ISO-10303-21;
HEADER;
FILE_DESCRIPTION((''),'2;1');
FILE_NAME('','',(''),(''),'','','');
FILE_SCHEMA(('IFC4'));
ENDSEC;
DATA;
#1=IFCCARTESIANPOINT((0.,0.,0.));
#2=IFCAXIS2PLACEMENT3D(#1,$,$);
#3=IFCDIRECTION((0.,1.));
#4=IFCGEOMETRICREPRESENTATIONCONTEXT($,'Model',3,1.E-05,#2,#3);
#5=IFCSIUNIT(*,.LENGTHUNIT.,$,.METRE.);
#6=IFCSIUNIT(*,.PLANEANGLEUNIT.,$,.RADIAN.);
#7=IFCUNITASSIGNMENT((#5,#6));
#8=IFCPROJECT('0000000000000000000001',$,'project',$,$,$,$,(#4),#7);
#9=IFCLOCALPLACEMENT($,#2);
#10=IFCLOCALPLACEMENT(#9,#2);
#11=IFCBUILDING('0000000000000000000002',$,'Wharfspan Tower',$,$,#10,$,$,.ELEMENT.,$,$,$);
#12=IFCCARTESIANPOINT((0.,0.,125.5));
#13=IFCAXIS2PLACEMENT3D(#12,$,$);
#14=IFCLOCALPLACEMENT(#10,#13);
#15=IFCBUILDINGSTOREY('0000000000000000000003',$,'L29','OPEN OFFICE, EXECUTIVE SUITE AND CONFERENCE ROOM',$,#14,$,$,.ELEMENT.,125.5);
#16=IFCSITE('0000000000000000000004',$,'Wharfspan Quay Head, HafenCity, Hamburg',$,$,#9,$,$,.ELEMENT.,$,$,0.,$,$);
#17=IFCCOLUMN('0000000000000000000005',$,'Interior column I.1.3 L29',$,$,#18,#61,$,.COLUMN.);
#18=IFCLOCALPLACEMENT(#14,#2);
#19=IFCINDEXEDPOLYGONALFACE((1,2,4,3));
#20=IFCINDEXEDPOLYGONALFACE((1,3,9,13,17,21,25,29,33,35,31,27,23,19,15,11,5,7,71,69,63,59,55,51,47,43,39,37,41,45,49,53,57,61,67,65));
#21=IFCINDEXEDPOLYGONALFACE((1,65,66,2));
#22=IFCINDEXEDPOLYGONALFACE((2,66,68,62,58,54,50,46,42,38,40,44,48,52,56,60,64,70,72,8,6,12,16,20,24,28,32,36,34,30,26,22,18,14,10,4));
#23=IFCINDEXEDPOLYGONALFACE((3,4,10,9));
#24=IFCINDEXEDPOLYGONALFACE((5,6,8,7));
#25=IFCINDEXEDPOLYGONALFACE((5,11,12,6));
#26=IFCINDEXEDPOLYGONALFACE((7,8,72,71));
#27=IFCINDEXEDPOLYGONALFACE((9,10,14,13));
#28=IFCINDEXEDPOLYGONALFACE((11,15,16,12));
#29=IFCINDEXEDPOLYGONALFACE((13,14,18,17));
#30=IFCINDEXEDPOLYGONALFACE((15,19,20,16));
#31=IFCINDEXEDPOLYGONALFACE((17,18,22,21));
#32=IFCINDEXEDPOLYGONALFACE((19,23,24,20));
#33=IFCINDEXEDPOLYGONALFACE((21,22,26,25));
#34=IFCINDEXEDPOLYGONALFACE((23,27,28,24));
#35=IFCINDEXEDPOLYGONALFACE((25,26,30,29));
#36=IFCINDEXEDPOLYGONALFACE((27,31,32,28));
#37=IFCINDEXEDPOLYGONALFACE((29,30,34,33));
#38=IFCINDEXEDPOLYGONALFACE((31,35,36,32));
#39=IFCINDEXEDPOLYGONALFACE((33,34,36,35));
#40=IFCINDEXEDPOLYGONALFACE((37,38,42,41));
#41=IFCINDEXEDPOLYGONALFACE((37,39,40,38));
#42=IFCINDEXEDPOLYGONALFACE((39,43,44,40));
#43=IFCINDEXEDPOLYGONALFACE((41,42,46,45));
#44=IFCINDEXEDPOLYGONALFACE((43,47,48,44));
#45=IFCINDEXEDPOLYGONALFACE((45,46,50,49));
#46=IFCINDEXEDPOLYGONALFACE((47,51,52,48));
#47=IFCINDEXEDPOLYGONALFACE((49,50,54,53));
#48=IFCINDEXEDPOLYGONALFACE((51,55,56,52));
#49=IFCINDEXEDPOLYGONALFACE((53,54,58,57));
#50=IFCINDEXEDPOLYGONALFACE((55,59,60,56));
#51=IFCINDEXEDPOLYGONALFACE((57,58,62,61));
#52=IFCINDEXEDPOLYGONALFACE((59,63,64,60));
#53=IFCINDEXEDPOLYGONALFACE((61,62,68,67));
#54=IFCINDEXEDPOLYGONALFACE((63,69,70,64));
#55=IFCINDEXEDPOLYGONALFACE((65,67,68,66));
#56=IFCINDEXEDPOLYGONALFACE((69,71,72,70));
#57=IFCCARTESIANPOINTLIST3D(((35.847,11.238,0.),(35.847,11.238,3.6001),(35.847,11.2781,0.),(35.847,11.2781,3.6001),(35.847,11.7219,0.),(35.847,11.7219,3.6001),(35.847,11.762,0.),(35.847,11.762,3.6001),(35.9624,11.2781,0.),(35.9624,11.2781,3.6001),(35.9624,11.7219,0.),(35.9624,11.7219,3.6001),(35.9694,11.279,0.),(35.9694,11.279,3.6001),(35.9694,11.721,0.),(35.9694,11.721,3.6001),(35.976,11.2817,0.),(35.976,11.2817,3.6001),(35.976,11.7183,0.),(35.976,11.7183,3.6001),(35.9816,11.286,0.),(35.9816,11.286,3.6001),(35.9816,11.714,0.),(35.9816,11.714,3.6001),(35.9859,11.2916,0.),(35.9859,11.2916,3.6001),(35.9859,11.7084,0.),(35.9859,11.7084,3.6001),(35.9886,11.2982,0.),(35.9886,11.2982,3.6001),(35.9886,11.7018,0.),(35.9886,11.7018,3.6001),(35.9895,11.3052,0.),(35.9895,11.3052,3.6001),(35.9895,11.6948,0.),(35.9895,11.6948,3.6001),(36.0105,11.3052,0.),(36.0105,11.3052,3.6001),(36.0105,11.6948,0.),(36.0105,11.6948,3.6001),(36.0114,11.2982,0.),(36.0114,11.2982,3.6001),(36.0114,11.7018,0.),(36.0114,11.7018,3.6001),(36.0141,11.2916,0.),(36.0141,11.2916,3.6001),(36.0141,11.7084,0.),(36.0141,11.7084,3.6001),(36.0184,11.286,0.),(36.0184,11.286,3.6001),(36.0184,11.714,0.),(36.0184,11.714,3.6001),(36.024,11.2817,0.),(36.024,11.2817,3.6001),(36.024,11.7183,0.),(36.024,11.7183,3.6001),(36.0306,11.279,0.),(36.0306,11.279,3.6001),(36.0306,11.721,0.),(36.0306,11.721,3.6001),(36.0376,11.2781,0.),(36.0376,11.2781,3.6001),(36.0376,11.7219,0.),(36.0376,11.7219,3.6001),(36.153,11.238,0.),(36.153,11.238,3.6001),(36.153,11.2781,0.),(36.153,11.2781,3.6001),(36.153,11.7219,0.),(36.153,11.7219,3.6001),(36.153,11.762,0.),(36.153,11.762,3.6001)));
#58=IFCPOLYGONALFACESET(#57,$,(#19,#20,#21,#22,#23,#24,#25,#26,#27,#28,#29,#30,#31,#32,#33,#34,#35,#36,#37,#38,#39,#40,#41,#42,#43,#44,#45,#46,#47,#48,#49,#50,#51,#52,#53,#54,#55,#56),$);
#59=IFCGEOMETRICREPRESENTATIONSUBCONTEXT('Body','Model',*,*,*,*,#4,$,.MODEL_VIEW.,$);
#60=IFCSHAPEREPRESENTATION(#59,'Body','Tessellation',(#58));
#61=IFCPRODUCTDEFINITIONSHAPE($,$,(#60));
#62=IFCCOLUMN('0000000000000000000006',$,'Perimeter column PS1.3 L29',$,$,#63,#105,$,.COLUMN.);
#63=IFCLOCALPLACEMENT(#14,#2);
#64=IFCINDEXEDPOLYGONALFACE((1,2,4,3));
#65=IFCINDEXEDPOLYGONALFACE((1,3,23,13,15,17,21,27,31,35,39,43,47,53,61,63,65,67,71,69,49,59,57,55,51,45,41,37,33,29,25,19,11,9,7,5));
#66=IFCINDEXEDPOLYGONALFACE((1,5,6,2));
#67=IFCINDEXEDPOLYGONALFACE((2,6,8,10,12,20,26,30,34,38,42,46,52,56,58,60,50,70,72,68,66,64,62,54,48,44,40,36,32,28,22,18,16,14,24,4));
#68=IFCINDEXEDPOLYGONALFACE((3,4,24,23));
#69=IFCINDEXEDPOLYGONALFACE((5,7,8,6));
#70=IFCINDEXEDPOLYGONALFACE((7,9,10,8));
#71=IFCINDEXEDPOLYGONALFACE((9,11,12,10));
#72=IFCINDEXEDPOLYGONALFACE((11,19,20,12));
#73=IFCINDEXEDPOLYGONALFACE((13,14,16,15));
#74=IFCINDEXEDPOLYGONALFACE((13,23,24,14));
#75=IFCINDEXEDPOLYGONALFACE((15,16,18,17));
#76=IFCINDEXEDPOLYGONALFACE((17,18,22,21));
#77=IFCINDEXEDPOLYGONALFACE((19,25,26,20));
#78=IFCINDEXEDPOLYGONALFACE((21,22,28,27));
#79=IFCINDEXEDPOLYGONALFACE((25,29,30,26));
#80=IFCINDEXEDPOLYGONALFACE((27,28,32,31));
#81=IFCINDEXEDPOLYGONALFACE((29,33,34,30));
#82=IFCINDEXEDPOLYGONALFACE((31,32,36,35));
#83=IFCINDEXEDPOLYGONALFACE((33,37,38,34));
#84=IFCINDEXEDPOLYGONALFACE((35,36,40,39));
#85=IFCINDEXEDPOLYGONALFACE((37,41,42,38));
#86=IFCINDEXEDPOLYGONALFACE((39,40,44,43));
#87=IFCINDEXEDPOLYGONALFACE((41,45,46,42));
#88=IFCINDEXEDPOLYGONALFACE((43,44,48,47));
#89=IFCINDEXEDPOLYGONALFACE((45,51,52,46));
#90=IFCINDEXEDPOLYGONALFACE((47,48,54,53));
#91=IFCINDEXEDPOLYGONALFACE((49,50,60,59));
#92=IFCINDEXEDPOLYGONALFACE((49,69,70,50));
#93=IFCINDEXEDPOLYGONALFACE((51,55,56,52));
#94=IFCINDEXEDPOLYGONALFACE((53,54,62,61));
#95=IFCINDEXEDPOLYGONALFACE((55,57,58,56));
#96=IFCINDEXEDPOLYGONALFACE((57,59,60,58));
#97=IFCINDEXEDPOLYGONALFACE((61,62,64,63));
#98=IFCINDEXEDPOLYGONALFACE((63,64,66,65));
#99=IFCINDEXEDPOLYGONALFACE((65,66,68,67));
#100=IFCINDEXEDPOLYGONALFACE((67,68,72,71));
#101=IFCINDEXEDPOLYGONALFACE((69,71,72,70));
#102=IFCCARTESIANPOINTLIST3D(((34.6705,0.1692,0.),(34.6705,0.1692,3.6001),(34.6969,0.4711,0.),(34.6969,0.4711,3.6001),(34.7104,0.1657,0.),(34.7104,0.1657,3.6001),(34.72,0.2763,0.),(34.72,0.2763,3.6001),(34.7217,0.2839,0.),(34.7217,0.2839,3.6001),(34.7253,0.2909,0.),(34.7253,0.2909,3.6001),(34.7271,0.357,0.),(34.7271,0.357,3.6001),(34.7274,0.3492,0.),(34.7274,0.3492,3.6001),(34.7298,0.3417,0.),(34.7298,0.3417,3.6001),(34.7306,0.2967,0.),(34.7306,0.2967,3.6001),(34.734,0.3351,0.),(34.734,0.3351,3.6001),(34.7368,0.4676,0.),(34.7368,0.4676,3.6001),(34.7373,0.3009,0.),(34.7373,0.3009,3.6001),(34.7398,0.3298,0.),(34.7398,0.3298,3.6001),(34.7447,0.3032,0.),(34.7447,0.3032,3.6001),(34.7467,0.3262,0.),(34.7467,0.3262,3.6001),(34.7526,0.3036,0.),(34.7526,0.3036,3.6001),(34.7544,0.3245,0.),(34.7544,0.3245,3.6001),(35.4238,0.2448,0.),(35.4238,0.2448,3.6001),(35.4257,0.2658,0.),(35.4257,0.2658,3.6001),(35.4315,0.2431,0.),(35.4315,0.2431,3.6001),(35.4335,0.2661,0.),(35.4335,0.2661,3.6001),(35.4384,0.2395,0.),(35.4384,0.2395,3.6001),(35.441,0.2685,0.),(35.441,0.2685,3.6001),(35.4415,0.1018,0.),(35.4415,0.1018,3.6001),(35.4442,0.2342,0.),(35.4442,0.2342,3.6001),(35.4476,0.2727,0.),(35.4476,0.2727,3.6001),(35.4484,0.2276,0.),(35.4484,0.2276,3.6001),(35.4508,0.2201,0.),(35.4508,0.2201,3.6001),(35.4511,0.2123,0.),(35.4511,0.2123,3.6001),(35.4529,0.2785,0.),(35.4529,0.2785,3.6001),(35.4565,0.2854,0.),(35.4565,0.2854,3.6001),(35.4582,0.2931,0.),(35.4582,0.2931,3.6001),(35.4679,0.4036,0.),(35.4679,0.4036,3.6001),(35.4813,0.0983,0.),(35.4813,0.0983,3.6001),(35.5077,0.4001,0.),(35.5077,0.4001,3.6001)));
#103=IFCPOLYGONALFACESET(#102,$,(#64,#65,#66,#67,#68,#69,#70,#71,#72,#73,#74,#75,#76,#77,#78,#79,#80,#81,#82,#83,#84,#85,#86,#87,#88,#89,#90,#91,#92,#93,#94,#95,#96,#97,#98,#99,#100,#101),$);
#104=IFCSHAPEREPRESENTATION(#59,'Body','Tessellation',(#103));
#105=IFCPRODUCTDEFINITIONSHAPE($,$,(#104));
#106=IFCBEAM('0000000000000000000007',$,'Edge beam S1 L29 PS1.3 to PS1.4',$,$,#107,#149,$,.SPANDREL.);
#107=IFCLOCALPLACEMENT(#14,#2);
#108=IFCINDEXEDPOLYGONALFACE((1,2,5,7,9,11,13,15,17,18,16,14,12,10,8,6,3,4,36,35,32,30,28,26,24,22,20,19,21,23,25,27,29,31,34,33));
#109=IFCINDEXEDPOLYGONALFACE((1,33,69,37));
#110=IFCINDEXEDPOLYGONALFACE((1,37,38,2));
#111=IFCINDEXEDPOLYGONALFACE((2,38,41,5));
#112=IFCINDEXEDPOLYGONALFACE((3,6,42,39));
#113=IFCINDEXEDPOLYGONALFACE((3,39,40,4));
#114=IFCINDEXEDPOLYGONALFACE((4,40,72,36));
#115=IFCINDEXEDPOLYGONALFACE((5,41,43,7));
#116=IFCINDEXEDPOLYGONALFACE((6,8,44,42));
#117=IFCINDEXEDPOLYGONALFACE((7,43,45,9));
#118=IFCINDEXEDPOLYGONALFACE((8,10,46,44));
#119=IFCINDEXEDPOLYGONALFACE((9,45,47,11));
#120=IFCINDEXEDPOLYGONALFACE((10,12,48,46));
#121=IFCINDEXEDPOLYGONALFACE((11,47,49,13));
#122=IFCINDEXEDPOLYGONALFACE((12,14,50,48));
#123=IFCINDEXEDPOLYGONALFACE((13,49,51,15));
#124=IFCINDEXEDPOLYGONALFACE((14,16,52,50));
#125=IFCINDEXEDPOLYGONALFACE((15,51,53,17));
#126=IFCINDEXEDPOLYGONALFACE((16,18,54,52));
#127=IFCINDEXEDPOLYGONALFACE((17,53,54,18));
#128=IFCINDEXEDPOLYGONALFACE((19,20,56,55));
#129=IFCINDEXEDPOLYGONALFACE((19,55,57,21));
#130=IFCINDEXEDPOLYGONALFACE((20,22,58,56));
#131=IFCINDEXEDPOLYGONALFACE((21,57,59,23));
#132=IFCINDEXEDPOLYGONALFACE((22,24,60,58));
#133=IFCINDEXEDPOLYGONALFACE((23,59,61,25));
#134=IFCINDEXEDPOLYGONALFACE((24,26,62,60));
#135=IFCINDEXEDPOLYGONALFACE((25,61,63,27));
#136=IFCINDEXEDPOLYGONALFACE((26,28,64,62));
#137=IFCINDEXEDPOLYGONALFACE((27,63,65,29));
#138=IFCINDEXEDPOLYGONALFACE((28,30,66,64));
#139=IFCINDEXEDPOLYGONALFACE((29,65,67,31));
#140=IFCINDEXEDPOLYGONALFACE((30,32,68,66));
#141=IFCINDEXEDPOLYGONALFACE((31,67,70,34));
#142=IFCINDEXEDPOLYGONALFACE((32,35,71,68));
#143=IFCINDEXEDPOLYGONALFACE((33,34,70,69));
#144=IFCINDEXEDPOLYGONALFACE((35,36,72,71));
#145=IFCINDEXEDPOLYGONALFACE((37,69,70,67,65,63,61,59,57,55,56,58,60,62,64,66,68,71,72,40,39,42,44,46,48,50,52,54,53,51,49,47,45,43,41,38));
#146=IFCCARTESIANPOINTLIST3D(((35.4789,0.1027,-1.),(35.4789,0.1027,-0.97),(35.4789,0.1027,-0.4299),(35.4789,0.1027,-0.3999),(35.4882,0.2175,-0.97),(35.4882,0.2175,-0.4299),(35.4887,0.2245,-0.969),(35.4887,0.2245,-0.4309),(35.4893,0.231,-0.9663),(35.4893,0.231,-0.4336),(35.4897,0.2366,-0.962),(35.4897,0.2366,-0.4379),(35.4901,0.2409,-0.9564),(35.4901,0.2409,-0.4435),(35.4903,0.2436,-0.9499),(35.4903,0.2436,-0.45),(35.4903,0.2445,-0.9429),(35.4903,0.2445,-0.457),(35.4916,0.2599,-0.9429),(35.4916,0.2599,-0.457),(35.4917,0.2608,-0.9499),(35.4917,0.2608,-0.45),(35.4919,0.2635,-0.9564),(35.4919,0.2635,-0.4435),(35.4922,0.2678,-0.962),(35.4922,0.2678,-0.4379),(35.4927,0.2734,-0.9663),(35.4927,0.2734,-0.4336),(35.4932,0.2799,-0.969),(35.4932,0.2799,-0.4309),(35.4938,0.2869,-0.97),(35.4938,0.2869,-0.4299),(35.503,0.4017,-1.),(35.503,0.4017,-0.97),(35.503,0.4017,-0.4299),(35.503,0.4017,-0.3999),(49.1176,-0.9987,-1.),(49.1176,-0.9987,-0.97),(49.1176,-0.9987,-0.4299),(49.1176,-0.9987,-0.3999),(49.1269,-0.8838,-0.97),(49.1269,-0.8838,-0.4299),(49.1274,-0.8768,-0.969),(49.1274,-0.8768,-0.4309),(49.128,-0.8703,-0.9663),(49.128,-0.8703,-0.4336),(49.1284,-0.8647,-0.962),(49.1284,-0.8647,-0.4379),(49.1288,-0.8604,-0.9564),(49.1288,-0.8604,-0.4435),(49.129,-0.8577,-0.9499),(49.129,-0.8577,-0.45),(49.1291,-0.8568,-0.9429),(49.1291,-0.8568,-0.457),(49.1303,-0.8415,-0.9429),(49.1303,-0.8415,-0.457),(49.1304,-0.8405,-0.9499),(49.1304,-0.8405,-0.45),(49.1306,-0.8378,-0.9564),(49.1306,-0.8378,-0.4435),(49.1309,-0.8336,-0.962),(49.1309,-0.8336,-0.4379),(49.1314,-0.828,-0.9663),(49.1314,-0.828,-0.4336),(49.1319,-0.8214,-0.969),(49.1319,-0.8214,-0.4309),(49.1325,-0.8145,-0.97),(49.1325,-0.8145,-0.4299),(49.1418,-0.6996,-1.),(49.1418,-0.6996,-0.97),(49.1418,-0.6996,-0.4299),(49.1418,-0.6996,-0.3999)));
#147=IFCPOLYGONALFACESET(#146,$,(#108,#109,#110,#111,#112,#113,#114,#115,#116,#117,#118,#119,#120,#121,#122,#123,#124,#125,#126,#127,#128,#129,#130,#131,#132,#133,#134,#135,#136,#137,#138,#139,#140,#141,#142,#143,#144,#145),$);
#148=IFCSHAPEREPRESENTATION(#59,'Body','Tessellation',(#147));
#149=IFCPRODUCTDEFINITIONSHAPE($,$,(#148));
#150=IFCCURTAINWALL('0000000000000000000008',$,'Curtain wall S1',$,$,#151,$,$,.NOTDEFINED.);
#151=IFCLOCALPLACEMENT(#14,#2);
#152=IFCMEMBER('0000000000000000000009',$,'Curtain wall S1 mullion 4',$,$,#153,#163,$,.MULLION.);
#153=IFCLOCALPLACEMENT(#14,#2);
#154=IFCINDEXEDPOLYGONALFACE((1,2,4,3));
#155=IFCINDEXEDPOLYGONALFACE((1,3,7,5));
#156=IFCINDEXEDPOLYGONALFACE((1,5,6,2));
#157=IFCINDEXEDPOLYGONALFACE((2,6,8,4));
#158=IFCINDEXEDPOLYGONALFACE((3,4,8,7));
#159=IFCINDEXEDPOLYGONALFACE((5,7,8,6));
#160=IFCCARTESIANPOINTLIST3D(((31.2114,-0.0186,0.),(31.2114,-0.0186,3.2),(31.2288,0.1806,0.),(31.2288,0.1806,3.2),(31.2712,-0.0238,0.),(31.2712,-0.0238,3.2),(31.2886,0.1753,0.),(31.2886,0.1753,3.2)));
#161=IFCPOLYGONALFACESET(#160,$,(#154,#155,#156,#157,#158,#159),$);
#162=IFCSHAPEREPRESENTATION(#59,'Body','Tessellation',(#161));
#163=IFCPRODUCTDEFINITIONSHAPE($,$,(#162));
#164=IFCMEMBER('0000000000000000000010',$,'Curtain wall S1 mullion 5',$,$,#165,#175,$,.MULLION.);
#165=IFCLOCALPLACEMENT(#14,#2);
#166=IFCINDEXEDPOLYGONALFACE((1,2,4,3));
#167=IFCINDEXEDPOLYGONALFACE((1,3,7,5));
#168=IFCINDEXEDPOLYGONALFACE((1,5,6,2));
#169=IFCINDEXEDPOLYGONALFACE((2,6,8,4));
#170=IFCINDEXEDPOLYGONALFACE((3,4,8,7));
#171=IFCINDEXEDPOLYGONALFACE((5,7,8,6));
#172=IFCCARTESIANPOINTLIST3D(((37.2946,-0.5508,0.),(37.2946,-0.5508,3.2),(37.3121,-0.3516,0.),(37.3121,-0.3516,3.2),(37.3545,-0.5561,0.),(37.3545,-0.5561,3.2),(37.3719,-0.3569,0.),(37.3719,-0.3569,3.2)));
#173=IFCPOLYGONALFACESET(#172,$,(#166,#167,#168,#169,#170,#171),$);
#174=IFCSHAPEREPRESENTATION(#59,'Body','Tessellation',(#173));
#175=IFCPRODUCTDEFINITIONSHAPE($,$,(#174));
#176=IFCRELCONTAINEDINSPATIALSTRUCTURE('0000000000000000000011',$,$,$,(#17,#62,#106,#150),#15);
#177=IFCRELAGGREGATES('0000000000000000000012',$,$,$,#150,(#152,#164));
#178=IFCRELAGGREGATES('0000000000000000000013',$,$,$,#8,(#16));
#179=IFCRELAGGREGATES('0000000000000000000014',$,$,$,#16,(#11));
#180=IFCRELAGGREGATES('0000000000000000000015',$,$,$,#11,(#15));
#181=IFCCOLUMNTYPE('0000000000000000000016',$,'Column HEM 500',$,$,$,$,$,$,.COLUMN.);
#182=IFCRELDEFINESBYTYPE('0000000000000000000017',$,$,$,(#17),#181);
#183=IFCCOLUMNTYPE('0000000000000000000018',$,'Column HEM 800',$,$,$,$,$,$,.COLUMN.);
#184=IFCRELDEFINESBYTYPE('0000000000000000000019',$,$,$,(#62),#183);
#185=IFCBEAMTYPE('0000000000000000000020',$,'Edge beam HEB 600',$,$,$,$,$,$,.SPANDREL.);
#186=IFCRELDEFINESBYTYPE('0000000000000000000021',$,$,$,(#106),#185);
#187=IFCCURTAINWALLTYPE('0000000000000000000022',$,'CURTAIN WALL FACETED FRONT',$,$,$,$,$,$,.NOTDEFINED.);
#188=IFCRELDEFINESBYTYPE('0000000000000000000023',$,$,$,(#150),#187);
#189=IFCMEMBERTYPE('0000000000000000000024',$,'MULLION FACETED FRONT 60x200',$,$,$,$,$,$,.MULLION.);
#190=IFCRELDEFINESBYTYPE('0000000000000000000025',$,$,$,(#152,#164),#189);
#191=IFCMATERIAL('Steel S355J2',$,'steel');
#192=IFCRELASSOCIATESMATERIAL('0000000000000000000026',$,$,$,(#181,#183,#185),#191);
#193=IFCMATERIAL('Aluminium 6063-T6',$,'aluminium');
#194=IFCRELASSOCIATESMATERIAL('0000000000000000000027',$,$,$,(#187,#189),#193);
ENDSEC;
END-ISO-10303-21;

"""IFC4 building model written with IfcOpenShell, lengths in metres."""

from ifc_helpers import new_model, si_unit, direction, frame, origin, origin_2d, place, context, subcontext, project, spatial, rectangle, i_section, extrude, material, material_profile, profile_set, type_object, element, aggregate, save


model = new_model("IFC4")

# Units and contexts
model_context = context("Model", 3, precision=1e-05, world=origin(), true_north=direction((0.0, 1.0)))
body_context = subcontext(model_context, "Body", "Model", "MODEL_VIEW")
ifc_project = project(units=[si_unit("LENGTHUNIT", "METRE"), si_unit("PLANEANGLEUNIT", "RADIAN")], contexts=[model_context])

# Site, building, storey
site_placement = place(None, origin())
site = spatial("IfcSite", under=ifc_project, at=site_placement, Name="Wharfspan Quay Head, HafenCity, Hamburg", CompositionType="ELEMENT", RefElevation=0.0)
building_placement = place(site_placement, origin())
building = spatial("IfcBuilding", under=site, at=building_placement, Name="Wharfspan Tower", CompositionType="ELEMENT")
storey_placement = place(building_placement, frame((0.0, 0.0, 125.5)))
storey = spatial("IfcBuildingStorey", under=building, at=storey_placement, Name="L29", Description="OPEN OFFICE, EXECUTIVE SUITE AND CONFERENCE ROOM", CompositionType="ELEMENT", Elevation=125.5)

# Columns
ifc_material_1 = material(Name="Steel S355J2", Category="steel")
ifc_material_profile_1 = material_profile(ifc_material_1, i_section(OverallWidth=0.3059, OverallDepth=0.5239, WebThickness=0.021, FlangeThickness=0.04, FilletRadius=0.0271, at=origin_2d()))
ifc_profile_set_1 = profile_set([ifc_material_profile_1], Name="Steel S355J2")
column_type_1 = type_object("IfcColumnType", Name="Column HEM 500", PredefinedType="COLUMN", material=ifc_profile_set_1)
column_1_placement = place(storey_placement, frame((36.0, 11.5, 0.0), z_axis=(0.0, 0.0, 1.0), x_axis=(1.0, 0.0, 0.0)))
element("IfcColumn", 1, at=column_1_placement, inside=storey, type_object=column_type_1, Name="Interior column I.1.3 L29", PredefinedType="COLUMN", context=body_context, shape_type="SweptSolid", body=[
    extrude(i_section(OverallWidth=0.3059, OverallDepth=0.5239, WebThickness=0.021, FlangeThickness=0.04, FilletRadius=0.0271, at=origin_2d()), origin(), (0.0, 0.0, 1.0), 3.6001),
])
ifc_material_profile_2 = material_profile(ifc_material_1, i_section(OverallWidth=0.303, OverallDepth=0.814, WebThickness=0.021, FlangeThickness=0.04, FilletRadius=0.03, at=origin_2d()))
ifc_profile_set_2 = profile_set([ifc_material_profile_2], Name="Steel S355J2")
column_type_2 = type_object("IfcColumnType", Name="Column HEM 800", PredefinedType="COLUMN", material=ifc_profile_set_2)
column_2_placement = place(storey_placement, frame((35.0891, 0.2847, 0.0), z_axis=(0.0, 0.0, 1.0), x_axis=(-0.087156, -0.996198, 0.0)))
element("IfcColumn", 2, at=column_2_placement, inside=storey, type_object=column_type_2, Name="Perimeter column PS1.3 L29", PredefinedType="COLUMN", context=body_context, shape_type="SweptSolid", body=[
    extrude(i_section(OverallWidth=0.303, OverallDepth=0.814, WebThickness=0.021, FlangeThickness=0.04, FilletRadius=0.03, at=origin_2d()), origin(), (0.0, 0.0, 1.0), 3.6001),
])

# Beam
ifc_material_profile_3 = material_profile(ifc_material_1, i_section(OverallWidth=0.3, OverallDepth=0.6001, WebThickness=0.0154, FlangeThickness=0.03, FilletRadius=0.0271, at=origin_2d()))
ifc_profile_set_3 = profile_set([ifc_material_profile_3], Name="Steel S355J2")
beam_type = type_object("IfcBeamType", Name="Edge beam HEB 600", PredefinedType="SPANDREL", material=ifc_profile_set_3)
beam_placement = place(storey_placement, frame((35.491, 0.2522, -0.7), z_axis=(0.996756, -0.080488, 0.0), x_axis=(0.080488, 0.996756, 0.0)))
element("IfcBeam", 3, at=beam_placement, inside=storey, type_object=beam_type, Name="Edge beam S1 L29 PS1.3 to PS1.4", PredefinedType="SPANDREL", context=body_context, shape_type="SweptSolid", body=[
    extrude(i_section(OverallWidth=0.3, OverallDepth=0.6001, WebThickness=0.0154, FlangeThickness=0.03, FilletRadius=0.0271, at=origin_2d()), origin(), (0.0, 0.0, 1.0), 13.6831),
])

# Curtain wall, members
ifc_material_2 = material(Name="Aluminium 6063-T6", Category="aluminium")
curtain_wall_type = type_object("IfcCurtainWallType", Name="CURTAIN WALL FACETED FRONT", PredefinedType="NOTDEFINED", material=ifc_material_2)
curtain_wall_placement = place(storey_placement, origin())
curtain_wall = element("IfcCurtainWall", 4, at=curtain_wall_placement, inside=storey, type_object=curtain_wall_type, Name="Curtain wall S1", PredefinedType="NOTDEFINED")
ifc_material_profile_4 = material_profile(ifc_material_2, rectangle(XDim=0.2, YDim=0.0601, at=origin_2d()))
ifc_profile_set_4 = profile_set([ifc_material_profile_4], Name="Aluminium 6063-T6")
member_type_1 = type_object("IfcMemberType", Name="MULLION FACETED FRONT 60x200", PredefinedType="MULLION", material=ifc_profile_set_4)
member_1_placement = place(storey_placement, frame((31.25, 0.0784, 0.0), z_axis=(0.0, 0.0, 1.0), x_axis=(0.087156, 0.996198, 0.0)))
member_1 = element("IfcMember", 5, at=member_1_placement, type_object=member_type_1, Name="Curtain wall S1 mullion 4", PredefinedType="MULLION", context=body_context, shape_type="SweptSolid", body=[
    extrude(rectangle(XDim=0.2, YDim=0.0601, at=origin_2d()), origin(), (0.0, 0.0, 1.0), 3.2),
])
member_2_placement = place(storey_placement, frame((37.3333, -0.4539, 0.0), z_axis=(0.0, 0.0, 1.0), x_axis=(0.087156, 0.996198, 0.0)))
member_2 = element("IfcMember", 6, at=member_2_placement, type_object=member_type_1, Name="Curtain wall S1 mullion 5", PredefinedType="MULLION", context=body_context, shape_type="SweptSolid", body=[
    extrude(rectangle(XDim=0.2, YDim=0.0601, at=origin_2d()), origin(), (0.0, 0.0, 1.0), 3.2),
])

aggregate(curtain_wall, [member_1, member_2])

save(model, "model.ifc")
